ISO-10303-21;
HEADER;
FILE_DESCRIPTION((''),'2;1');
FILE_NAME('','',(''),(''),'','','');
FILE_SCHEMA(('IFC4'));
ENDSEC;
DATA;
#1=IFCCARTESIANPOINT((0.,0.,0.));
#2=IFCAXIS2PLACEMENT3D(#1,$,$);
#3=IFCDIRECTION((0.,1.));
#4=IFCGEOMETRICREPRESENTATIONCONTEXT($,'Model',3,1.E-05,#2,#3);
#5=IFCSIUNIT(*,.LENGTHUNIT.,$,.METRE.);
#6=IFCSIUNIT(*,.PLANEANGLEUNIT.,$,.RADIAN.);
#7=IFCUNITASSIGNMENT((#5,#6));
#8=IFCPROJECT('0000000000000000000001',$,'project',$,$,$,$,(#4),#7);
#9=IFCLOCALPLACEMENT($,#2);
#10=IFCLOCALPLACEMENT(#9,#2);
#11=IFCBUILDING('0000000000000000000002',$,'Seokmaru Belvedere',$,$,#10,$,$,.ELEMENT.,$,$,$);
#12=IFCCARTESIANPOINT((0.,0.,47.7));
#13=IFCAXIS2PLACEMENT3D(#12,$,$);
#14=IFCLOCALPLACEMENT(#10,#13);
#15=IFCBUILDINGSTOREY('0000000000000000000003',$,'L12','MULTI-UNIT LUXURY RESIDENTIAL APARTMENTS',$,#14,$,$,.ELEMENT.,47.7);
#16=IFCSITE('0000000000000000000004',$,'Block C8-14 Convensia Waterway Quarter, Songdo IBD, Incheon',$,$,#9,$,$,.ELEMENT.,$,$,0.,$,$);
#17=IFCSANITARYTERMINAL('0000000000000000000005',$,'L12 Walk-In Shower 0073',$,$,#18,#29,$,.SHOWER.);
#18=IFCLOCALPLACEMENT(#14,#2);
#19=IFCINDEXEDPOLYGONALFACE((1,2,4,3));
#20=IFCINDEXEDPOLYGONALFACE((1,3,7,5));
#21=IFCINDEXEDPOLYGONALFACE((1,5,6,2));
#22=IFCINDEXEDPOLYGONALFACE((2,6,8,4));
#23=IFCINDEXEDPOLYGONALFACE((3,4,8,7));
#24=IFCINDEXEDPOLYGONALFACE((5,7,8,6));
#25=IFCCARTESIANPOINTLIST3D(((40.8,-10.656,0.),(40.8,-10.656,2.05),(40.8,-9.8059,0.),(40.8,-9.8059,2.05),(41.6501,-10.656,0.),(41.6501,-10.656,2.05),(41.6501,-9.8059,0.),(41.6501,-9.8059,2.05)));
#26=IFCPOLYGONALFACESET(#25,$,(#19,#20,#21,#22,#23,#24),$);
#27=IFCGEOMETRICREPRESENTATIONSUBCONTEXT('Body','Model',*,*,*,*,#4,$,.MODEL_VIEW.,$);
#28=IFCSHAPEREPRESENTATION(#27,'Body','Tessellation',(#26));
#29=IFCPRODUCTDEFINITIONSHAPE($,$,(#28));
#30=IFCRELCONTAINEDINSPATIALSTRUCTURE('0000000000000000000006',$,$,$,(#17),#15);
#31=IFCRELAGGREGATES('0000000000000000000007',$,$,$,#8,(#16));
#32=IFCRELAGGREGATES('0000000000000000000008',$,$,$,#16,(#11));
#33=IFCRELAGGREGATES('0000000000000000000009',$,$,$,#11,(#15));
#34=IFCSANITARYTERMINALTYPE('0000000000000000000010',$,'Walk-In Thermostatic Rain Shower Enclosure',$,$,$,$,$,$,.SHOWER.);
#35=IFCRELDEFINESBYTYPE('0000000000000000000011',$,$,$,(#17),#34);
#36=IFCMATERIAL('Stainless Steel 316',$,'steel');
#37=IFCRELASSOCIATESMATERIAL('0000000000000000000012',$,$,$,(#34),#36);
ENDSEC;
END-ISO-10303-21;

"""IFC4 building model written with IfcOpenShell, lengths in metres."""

from ifc_helpers import new_model, si_unit, direction, frame, origin, origin_2d, place, context, subcontext, project, spatial, rectangle, extrude, source, transform, mapped, material, type_object, type_shapes, element, save


model = new_model("IFC4")

# Units and contexts
model_context = context("Model", 3, precision=1e-05, world=origin(), true_north=direction((0.0, 1.0)))
body_context = subcontext(model_context, "Body", "Model", "MODEL_VIEW")
ifc_project = project(units=[si_unit("LENGTHUNIT", "METRE"), si_unit("PLANEANGLEUNIT", "RADIAN")], contexts=[model_context])

# Site, building, storey
site_placement = place(None, origin())
site = spatial("IfcSite", under=ifc_project, at=site_placement, Name="Block C8-14 Convensia Waterway Quarter, Songdo IBD, Incheon", CompositionType="ELEMENT", RefElevation=0.0)
building_placement = place(site_placement, origin())
building = spatial("IfcBuilding", under=site, at=building_placement, Name="Seokmaru Belvedere", CompositionType="ELEMENT")
storey_placement = place(building_placement, frame((0.0, 0.0, 47.7)))
storey = spatial("IfcBuildingStorey", under=building, at=storey_placement, Name="L12", Description="MULTI-UNIT LUXURY RESIDENTIAL APARTMENTS", CompositionType="ELEMENT", Elevation=47.7)

# Sanitary terminal
ifc_material_1 = material(Name="Stainless Steel 316", Category="steel")
sanitary_terminal_type_1 = type_object("IfcSanitaryTerminalType", Name="Walk-In Thermostatic Rain Shower Enclosure", PredefinedType="SHOWER", material=ifc_material_1)
shared_shape_1 = source(origin(), body_context, "Body", "SweptSolid", [
    extrude(rectangle(XDim=0.8501, YDim=0.8501, at=origin_2d()), origin(), (0.0, 0.0, 1.0), 2.05),
])
type_shapes(sanitary_terminal_type_1, [shared_shape_1])
sanitary_terminal_1_placement = place(storey_placement, frame((41.2251, -10.231, 0.0), z_axis=(0.0, 0.0, 1.0), x_axis=(1.0, 0.0, 0.0)))
element("IfcSanitaryTerminal", 1, at=sanitary_terminal_1_placement, inside=storey, type_object=sanitary_terminal_type_1, Name="L12 Walk-In Shower 0073", PredefinedType="SHOWER", context=body_context, shape_type="MappedRepresentation", body=[
    mapped(shared_shape_1, transform((0.0, 0.0, 0.0), scale=1.0)),
])

save(model, "model.ifc")
